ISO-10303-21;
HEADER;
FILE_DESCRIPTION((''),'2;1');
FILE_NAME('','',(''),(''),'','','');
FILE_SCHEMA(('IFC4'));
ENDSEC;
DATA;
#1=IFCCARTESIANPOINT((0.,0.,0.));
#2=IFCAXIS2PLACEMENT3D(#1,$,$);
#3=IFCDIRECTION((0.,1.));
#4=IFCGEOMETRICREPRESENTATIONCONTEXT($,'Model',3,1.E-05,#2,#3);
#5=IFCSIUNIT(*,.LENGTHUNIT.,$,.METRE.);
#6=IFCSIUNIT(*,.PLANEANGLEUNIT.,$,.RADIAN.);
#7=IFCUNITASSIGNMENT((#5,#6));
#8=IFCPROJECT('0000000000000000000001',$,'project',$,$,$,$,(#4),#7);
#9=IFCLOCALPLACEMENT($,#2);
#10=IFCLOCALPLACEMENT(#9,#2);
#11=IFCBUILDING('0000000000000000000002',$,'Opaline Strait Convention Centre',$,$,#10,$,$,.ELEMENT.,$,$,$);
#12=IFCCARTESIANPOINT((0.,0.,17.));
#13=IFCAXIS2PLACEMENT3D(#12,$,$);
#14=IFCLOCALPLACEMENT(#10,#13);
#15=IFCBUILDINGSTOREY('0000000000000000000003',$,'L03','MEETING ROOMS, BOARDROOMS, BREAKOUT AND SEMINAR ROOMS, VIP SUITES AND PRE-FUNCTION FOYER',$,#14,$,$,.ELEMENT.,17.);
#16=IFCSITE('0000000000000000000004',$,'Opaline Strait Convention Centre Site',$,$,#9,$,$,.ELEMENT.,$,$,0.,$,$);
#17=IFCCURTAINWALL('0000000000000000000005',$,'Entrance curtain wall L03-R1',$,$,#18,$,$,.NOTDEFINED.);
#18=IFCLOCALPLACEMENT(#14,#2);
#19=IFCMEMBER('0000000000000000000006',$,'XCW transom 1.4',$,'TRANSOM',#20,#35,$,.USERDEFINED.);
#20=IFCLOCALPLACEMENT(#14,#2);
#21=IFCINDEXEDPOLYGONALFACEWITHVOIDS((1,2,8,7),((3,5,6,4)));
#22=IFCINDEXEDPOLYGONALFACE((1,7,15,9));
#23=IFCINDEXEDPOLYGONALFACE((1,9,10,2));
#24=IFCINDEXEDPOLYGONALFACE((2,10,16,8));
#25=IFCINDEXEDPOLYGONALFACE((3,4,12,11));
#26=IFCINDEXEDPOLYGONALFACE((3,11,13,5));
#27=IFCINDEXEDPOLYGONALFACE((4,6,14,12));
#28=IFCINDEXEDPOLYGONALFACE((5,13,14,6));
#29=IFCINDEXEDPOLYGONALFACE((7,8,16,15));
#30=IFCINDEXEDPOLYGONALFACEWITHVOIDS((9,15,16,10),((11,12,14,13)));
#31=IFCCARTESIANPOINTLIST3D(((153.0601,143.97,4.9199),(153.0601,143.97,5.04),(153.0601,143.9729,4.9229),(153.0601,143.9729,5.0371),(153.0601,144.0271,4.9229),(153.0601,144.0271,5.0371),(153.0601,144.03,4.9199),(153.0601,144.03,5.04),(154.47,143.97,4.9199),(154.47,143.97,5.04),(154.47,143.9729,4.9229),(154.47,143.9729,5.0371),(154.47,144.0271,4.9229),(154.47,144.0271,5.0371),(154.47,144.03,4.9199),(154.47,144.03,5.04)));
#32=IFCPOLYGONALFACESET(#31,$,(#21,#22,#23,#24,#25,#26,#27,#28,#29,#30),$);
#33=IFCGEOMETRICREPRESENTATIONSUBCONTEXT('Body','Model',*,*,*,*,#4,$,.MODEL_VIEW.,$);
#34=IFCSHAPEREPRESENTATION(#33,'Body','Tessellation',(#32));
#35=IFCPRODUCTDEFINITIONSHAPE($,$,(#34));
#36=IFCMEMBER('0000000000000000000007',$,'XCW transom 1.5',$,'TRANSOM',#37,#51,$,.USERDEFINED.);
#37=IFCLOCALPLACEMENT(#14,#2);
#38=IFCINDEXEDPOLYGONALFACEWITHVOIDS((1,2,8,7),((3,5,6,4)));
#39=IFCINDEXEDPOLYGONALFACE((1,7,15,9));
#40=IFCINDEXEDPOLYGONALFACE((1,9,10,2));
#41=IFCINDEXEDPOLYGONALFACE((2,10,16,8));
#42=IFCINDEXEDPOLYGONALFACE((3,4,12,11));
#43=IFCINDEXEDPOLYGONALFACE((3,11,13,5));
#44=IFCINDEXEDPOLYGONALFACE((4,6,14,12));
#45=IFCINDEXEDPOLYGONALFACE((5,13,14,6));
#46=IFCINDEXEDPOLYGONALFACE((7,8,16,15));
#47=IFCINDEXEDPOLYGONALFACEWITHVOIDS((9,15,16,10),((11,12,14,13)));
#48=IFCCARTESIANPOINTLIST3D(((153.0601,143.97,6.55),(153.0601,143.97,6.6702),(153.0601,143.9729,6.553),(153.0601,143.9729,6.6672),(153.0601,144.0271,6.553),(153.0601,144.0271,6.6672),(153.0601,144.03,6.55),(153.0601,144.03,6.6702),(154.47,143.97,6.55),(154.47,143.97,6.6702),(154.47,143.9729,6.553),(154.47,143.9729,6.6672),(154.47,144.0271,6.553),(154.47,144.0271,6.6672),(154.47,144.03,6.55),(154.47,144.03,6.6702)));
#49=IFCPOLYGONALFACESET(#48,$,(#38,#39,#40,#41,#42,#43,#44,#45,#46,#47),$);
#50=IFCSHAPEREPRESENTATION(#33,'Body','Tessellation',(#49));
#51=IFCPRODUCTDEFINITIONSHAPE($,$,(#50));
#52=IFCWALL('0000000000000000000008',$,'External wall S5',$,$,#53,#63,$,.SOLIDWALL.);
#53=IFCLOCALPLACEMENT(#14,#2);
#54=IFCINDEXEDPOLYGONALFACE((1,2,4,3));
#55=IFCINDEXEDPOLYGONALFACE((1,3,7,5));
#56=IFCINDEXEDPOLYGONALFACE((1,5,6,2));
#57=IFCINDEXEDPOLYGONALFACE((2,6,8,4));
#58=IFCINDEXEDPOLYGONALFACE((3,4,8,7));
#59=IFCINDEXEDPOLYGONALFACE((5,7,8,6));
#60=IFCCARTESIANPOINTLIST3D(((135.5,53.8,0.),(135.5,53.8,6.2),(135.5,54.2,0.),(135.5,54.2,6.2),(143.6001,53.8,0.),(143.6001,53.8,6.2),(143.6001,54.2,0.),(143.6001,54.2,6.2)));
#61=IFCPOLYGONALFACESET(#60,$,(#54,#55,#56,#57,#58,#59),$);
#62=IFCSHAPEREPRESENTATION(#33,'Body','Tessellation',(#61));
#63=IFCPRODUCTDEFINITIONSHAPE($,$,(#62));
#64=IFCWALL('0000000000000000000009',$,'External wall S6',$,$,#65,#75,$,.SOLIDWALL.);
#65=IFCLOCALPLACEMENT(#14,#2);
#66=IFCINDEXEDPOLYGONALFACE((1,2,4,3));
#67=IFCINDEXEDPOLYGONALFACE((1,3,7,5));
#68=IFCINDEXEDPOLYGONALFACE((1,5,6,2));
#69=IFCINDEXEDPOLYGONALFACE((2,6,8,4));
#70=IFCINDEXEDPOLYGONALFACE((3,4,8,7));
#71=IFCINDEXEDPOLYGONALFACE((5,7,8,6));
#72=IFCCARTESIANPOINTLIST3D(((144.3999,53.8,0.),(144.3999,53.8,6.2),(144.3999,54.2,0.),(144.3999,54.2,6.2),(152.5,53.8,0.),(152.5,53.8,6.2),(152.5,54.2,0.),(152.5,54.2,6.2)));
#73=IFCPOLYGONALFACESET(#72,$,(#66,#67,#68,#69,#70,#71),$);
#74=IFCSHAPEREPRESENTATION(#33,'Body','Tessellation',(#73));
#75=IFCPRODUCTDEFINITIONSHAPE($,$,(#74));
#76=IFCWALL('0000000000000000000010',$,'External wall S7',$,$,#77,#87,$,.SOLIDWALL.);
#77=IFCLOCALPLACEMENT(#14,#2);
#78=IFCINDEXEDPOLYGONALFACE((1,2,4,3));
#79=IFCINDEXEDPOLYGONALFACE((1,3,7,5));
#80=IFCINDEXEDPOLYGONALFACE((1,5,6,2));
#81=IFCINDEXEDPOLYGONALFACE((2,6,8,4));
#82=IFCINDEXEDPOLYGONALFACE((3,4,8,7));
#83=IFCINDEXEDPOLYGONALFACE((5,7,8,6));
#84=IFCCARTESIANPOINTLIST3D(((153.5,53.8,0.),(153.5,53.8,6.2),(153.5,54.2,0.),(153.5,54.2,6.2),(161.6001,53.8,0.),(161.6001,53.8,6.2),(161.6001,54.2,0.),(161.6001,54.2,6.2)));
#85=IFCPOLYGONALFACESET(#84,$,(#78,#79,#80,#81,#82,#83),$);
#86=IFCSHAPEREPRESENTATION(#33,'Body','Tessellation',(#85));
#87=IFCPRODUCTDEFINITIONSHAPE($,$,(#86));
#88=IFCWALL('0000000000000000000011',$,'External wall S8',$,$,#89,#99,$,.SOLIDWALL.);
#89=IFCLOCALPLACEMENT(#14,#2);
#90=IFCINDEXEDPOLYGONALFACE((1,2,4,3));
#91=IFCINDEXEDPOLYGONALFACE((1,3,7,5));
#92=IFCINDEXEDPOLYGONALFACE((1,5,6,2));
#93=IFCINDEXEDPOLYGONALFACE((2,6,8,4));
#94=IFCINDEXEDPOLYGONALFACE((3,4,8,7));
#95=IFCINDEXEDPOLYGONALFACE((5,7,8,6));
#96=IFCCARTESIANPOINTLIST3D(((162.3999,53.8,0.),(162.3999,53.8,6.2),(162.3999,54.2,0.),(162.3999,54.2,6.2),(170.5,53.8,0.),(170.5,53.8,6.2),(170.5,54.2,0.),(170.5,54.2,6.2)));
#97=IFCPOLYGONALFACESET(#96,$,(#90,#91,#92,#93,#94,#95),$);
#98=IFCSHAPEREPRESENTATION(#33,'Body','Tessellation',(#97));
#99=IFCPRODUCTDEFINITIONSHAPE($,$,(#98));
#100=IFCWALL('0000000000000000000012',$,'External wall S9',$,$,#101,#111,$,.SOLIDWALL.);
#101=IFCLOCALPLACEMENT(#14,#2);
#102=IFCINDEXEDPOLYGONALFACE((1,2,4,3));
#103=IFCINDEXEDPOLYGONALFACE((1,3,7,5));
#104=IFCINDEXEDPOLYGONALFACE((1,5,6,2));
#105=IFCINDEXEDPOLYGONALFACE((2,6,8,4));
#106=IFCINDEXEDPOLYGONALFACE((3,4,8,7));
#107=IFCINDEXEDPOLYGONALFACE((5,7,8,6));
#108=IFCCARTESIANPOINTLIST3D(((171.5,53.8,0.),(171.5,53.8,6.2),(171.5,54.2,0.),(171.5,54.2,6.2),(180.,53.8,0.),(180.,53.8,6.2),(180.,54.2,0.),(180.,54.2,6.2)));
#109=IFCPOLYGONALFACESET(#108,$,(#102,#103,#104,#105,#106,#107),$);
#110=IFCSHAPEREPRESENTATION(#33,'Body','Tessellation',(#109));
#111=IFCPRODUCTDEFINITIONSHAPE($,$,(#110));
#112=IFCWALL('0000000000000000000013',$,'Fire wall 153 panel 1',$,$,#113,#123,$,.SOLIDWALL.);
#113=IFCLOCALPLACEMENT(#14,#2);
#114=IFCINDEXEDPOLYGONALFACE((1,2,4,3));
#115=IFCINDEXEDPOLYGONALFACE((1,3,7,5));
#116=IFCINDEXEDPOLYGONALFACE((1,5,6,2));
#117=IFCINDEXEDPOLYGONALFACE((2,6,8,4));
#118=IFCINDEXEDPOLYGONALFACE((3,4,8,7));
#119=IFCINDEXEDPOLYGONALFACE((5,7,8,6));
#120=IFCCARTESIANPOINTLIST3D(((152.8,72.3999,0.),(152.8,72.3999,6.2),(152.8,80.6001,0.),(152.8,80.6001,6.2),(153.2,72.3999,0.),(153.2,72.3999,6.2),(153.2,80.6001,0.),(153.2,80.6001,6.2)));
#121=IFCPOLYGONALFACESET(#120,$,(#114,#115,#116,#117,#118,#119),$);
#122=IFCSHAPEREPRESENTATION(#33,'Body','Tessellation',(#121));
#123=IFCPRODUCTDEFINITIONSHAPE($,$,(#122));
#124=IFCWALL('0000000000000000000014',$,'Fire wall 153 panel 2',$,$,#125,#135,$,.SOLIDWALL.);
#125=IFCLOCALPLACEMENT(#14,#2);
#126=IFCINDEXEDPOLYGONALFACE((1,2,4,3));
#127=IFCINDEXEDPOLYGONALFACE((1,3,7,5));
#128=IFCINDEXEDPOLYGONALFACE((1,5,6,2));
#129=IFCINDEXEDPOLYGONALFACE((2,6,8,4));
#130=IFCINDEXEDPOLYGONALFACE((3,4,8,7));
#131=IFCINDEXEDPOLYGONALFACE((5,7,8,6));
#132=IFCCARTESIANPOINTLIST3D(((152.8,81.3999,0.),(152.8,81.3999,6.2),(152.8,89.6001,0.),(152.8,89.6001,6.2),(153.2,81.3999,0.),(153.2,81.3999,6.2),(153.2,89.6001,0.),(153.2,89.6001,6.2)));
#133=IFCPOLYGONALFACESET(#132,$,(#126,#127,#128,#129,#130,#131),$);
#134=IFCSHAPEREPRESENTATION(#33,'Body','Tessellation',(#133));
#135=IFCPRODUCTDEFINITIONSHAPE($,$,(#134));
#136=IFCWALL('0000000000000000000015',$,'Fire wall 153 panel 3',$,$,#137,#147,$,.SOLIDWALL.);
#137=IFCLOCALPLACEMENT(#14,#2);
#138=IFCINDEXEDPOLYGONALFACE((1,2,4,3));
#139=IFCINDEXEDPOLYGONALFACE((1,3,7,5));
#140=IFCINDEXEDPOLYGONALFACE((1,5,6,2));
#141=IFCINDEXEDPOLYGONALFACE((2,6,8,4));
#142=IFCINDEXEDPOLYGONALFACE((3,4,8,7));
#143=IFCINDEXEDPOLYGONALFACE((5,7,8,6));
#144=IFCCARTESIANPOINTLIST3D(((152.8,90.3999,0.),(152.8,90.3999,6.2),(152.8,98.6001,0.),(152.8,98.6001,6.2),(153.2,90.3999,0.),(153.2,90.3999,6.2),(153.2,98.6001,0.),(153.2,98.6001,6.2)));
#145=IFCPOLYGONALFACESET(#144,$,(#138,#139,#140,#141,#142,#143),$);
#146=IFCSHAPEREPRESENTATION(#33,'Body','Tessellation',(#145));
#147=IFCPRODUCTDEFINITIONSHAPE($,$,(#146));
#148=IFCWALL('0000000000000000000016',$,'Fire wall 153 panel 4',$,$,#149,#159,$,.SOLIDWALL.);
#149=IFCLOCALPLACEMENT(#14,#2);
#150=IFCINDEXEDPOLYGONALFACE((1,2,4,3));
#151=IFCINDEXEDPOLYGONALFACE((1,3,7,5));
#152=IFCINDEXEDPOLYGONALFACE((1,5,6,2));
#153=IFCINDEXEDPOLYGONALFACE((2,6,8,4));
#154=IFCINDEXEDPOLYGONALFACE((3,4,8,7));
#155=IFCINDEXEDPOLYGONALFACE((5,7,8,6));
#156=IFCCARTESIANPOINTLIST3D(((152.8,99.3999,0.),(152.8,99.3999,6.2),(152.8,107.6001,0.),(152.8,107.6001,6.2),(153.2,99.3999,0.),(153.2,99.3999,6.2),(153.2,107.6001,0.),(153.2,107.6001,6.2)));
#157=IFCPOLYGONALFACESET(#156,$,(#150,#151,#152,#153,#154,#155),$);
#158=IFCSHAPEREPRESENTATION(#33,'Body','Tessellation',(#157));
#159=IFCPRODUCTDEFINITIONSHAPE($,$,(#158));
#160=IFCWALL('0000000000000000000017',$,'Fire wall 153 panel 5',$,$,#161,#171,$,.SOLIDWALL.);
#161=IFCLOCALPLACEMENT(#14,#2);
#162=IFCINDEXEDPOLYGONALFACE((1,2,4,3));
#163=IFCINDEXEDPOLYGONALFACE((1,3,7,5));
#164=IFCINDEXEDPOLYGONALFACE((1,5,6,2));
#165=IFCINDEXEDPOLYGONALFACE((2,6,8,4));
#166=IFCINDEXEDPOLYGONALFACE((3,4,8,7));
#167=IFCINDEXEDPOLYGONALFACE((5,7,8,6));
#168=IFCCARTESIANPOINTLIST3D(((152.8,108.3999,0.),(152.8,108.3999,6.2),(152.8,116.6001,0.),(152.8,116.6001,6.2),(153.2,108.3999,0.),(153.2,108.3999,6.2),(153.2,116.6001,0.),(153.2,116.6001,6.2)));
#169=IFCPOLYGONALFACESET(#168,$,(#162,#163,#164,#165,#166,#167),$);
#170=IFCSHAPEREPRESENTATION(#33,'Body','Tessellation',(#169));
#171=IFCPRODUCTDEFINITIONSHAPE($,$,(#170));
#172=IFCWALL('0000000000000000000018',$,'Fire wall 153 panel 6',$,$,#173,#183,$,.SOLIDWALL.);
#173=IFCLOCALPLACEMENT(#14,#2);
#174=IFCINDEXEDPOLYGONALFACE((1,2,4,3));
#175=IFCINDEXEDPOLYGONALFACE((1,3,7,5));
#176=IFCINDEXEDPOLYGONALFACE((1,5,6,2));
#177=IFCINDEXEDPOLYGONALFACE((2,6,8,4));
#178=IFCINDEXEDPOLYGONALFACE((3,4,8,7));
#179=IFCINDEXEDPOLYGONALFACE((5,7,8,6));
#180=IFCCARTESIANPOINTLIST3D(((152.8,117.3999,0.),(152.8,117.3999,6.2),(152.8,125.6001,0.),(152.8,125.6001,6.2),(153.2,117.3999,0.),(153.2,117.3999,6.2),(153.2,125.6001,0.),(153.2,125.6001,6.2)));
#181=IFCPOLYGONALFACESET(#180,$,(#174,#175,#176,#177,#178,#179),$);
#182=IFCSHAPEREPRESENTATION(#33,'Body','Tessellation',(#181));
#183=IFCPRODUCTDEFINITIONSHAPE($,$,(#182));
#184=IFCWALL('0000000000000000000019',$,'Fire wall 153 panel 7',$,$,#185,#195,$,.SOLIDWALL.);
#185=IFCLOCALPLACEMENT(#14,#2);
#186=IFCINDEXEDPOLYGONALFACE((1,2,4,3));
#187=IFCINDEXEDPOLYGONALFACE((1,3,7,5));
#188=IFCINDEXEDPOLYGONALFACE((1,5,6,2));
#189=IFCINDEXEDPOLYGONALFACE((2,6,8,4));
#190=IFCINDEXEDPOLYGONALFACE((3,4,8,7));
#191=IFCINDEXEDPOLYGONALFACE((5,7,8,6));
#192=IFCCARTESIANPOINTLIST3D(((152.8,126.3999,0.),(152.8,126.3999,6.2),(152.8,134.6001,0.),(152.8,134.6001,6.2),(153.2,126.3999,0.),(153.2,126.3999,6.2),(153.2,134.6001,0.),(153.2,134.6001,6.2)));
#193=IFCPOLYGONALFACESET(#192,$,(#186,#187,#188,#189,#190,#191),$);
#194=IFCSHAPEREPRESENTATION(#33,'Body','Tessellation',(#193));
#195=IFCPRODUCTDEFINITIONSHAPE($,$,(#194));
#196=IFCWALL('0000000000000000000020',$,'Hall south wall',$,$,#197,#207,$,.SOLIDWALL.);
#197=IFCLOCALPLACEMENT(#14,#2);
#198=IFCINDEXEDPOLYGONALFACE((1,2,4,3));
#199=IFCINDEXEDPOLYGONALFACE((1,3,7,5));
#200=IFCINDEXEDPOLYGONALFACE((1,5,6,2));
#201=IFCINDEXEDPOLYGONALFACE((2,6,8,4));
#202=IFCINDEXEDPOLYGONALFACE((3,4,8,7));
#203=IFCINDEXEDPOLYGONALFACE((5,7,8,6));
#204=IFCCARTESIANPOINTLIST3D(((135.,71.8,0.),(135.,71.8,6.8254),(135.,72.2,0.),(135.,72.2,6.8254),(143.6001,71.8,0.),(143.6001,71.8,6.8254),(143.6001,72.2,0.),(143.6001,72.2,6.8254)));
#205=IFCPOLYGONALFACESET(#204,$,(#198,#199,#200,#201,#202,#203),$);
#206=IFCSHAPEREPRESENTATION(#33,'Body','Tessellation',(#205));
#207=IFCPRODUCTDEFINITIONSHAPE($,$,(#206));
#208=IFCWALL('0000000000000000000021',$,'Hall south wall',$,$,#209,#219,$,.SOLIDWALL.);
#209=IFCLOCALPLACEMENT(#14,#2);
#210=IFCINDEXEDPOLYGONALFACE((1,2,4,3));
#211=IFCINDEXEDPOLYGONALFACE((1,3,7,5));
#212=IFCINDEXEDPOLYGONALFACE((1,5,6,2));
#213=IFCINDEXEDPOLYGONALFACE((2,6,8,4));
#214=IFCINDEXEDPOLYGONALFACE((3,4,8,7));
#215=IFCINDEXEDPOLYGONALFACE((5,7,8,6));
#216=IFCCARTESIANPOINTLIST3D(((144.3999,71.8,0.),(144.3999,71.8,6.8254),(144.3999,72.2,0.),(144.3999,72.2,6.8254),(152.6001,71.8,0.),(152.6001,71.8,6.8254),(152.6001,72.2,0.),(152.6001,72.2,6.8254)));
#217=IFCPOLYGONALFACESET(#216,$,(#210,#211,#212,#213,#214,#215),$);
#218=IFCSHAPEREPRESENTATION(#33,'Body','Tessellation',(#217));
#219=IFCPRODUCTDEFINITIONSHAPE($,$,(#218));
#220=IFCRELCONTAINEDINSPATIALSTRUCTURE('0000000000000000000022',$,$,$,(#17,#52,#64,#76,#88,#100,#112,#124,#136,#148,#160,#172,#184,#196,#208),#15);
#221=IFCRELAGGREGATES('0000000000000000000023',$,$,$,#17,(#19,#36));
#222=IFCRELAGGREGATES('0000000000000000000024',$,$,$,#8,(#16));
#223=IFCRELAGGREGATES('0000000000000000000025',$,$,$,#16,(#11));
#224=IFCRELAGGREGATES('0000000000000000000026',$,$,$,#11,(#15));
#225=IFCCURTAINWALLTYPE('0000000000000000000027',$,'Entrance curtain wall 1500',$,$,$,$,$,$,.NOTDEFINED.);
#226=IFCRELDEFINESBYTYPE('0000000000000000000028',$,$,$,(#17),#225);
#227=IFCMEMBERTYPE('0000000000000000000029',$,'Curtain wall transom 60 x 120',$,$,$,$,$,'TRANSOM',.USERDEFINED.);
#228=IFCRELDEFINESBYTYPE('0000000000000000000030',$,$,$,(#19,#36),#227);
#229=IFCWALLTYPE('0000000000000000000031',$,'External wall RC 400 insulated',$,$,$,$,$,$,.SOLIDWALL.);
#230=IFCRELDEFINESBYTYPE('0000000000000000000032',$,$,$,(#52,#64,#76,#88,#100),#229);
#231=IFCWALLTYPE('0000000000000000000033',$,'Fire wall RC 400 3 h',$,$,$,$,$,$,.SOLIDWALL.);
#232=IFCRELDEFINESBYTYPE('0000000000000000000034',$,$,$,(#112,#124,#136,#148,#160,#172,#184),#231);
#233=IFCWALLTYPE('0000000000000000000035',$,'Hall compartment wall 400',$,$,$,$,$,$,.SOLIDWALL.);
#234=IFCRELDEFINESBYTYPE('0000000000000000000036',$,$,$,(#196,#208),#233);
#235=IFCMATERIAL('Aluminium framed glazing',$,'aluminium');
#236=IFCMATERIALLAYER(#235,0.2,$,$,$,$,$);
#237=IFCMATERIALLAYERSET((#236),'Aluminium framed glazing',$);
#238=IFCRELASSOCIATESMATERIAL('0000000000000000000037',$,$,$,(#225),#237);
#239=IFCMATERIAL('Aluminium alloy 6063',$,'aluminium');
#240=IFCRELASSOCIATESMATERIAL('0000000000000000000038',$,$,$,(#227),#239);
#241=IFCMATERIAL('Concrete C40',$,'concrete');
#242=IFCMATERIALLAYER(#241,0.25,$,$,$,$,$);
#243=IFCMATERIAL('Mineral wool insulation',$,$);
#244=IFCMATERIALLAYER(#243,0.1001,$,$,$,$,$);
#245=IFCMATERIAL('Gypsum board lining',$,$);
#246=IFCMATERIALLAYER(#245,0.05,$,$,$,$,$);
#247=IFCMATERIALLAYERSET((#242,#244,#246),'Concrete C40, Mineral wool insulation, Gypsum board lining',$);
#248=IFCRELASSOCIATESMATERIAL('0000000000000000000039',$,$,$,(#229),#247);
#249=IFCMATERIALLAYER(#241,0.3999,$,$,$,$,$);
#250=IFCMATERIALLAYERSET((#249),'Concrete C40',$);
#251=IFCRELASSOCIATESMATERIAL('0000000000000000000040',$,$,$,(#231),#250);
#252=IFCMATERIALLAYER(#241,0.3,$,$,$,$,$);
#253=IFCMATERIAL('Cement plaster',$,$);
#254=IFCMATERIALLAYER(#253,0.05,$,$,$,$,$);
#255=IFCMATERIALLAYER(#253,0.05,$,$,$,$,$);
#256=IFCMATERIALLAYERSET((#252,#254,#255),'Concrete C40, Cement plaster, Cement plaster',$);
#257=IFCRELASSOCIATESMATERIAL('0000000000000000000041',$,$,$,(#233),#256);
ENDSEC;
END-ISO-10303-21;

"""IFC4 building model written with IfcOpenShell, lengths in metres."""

from ifc_helpers import new_model, si_unit, direction, frame, frame_2d, origin, origin_2d, place, context, subcontext, project, spatial, rectangle, hollow_rectangle, extrude, material, layer, layer_set, material_profile, profile_set, type_object, element, aggregate, save


model = new_model("IFC4")

# Units and contexts
model_context = context("Model", 3, precision=1e-05, world=origin(), true_north=direction((0.0, 1.0)))
body_context = subcontext(model_context, "Body", "Model", "MODEL_VIEW")
ifc_project = project(units=[si_unit("LENGTHUNIT", "METRE"), si_unit("PLANEANGLEUNIT", "RADIAN")], contexts=[model_context])

# Site, building, storey
site_placement = place(None, origin())
site = spatial("IfcSite", under=ifc_project, at=site_placement, Name="Opaline Strait Convention Centre Site", CompositionType="ELEMENT", RefElevation=0.0)
building_placement = place(site_placement, origin())
building = spatial("IfcBuilding", under=site, at=building_placement, Name="Opaline Strait Convention Centre", CompositionType="ELEMENT")
storey_placement = place(building_placement, frame((0.0, 0.0, 17.0)))
storey = spatial("IfcBuildingStorey", under=building, at=storey_placement, Name="L03", Description="MEETING ROOMS, BOARDROOMS, BREAKOUT AND SEMINAR ROOMS, VIP SUITES AND PRE-FUNCTION FOYER", CompositionType="ELEMENT", Elevation=17.0)

# Shared definitions
ifc_material_1 = material(Name="Concrete C40", Category="concrete")

# Curtain wall, members
ifc_material_2 = material(Name="Aluminium framed glazing", Category="aluminium")
ifc_layer_1 = layer(ifc_material_2, 0.2)
ifc_layer_set_1 = layer_set([ifc_layer_1], Name="Aluminium framed glazing")
curtain_wall_type = type_object("IfcCurtainWallType", Name="Entrance curtain wall 1500", PredefinedType="NOTDEFINED", material=ifc_layer_set_1)
curtain_wall_placement = place(storey_placement, origin())
curtain_wall = element("IfcCurtainWall", 1, at=curtain_wall_placement, inside=storey, type_object=curtain_wall_type, Name="Entrance curtain wall L03-R1", PredefinedType="NOTDEFINED")
ifc_material_3 = material(Name="Aluminium alloy 6063", Category="aluminium")
ifc_material_profile_1 = material_profile(ifc_material_3, hollow_rectangle(XDim=0.0601, YDim=0.1201, WallThickness=0.0029, at=origin_2d()), Name="TRANSOM 60x120x3")
ifc_profile_set_1 = profile_set([ifc_material_profile_1], Name="Aluminium alloy 6063")
member_type_1 = type_object("IfcMemberType", Name="Curtain wall transom 60 x 120", ElementType="TRANSOM", PredefinedType="USERDEFINED", material=ifc_profile_set_1)
member_1_placement = place(storey_placement, frame((153.0601, 144.0, 4.98), z_axis=(1.0, 0.0, 0.0), x_axis=(0.0, 1.0, 0.0)))
member_1 = element("IfcMember", 2, at=member_1_placement, type_object=member_type_1, Name="XCW transom 1.4", ObjectType="TRANSOM", PredefinedType="USERDEFINED", context=body_context, shape_type="SweptSolid", body=[
    extrude(hollow_rectangle(XDim=0.0601, YDim=0.1201, WallThickness=0.0029, at=origin_2d()), origin(), (0.0, 0.0, 1.0), 1.4099),
])
member_2_placement = place(storey_placement, frame((153.0601, 144.0, 6.6101), z_axis=(1.0, 0.0, 0.0), x_axis=(0.0, 1.0, 0.0)))
member_2 = element("IfcMember", 3, at=member_2_placement, type_object=member_type_1, Name="XCW transom 1.5", ObjectType="TRANSOM", PredefinedType="USERDEFINED", context=body_context, shape_type="SweptSolid", body=[
    extrude(hollow_rectangle(XDim=0.0601, YDim=0.1201, WallThickness=0.0029, at=origin_2d()), origin(), (0.0, 0.0, 1.0), 1.4099),
])
aggregate(curtain_wall, [member_1, member_2])

# Walls
ifc_layer_2 = layer(ifc_material_1, 0.25)
ifc_material_4 = material(Name="Mineral wool insulation")
ifc_layer_3 = layer(ifc_material_4, 0.1001)
ifc_material_5 = material(Name="Gypsum board lining")
ifc_layer_4 = layer(ifc_material_5, 0.05)
ifc_layer_set_2 = layer_set([ifc_layer_2, ifc_layer_3, ifc_layer_4], Name="Concrete C40, Mineral wool insulation, Gypsum board lining")
wall_type_1 = type_object("IfcWallType", Name="External wall RC 400 insulated", PredefinedType="SOLIDWALL", material=ifc_layer_set_2)
for number, where, z_axis, x_axis, name in (
    (4, (135.5, 54.0, 0.0), (0.0, 0.0, 1.0), (1.0, 0.0, 0.0), "External wall S5"),
    (5, (144.3999, 54.0, 0.0), (0.0, 0.0, 1.0), (1.0, 0.0, 0.0), "External wall S6"),
    (6, (153.5, 54.0, 0.0), (0.0, 0.0, 1.0), (1.0, 0.0, 0.0), "External wall S7"),
    (7, (162.3999, 54.0, 0.0), (0.0, 0.0, 1.0), (1.0, 0.0, 0.0), "External wall S8"),
):
    element("IfcWall", number, at=place(storey_placement, frame(where, z_axis=z_axis, x_axis=x_axis)), inside=storey, type_object=wall_type_1, Name=name, PredefinedType="SOLIDWALL", context=body_context, shape_type="SweptSolid", body=[
        extrude(rectangle(XDim=8.1001, YDim=0.3999, at=frame_2d((4.05, 0.0))), origin(), (0.0, 0.0, 1.0), 6.2),
    ])
wall_1_placement = place(storey_placement, frame((171.5, 54.0, 0.0), z_axis=(0.0, 0.0, 1.0), x_axis=(1.0, 0.0, 0.0)))
element("IfcWall", 8, at=wall_1_placement, inside=storey, type_object=wall_type_1, Name="External wall S9", PredefinedType="SOLIDWALL", context=body_context, shape_type="SweptSolid", body=[
    extrude(rectangle(XDim=8.5, YDim=0.3999, at=frame_2d((4.25, 0.0))), origin(), (0.0, 0.0, 1.0), 6.2),
])
ifc_layer_5 = layer(ifc_material_1, 0.3999)
ifc_layer_set_3 = layer_set([ifc_layer_5], Name="Concrete C40")
wall_type_2 = type_object("IfcWallType", Name="Fire wall RC 400 3 h", PredefinedType="SOLIDWALL", material=ifc_layer_set_3)
for number, where, z_axis, x_axis, name in (
    (9, (153.0, 72.3999, 0.0), (0.0, 0.0, 1.0), (0.0, 1.0, 0.0), "Fire wall 153 panel 1"),
    (10, (153.0, 81.3999, 0.0), (0.0, 0.0, 1.0), (0.0, 1.0, 0.0), "Fire wall 153 panel 2"),
    (11, (153.0, 90.3999, 0.0), (0.0, 0.0, 1.0), (0.0, 1.0, 0.0), "Fire wall 153 panel 3"),
    (12, (153.0, 99.3999, 0.0), (0.0, 0.0, 1.0), (0.0, 1.0, 0.0), "Fire wall 153 panel 4"),
    (13, (153.0, 108.3999, 0.0), (0.0, 0.0, 1.0), (0.0, 1.0, 0.0), "Fire wall 153 panel 5"),
    (14, (153.0, 117.3999, 0.0), (0.0, 0.0, 1.0), (0.0, 1.0, 0.0), "Fire wall 153 panel 6"),
    (15, (153.0, 126.3999, 0.0), (0.0, 0.0, 1.0), (0.0, 1.0, 0.0), "Fire wall 153 panel 7"),
):
    element("IfcWall", number, at=place(storey_placement, frame(where, z_axis=z_axis, x_axis=x_axis)), inside=storey, type_object=wall_type_2, Name=name, PredefinedType="SOLIDWALL", context=body_context, shape_type="SweptSolid", body=[
        extrude(rectangle(XDim=8.2002, YDim=0.3999, at=frame_2d((4.1001, 0.0))), origin(), (0.0, 0.0, 1.0), 6.2),
    ])
ifc_layer_6 = layer(ifc_material_1, 0.3)
ifc_material_6 = material(Name="Cement plaster")
ifc_layer_7 = layer(ifc_material_6, 0.05)
ifc_layer_8 = layer(ifc_material_6, 0.05)
ifc_layer_set_4 = layer_set([ifc_layer_6, ifc_layer_7, ifc_layer_8], Name="Concrete C40, Cement plaster, Cement plaster")
wall_type_3 = type_object("IfcWallType", Name="Hall compartment wall 400", PredefinedType="SOLIDWALL", material=ifc_layer_set_4)
wall_2_placement = place(storey_placement, frame((135.0, 72.0, 0.0), z_axis=(0.0, 0.0, 1.0), x_axis=(1.0, 0.0, 0.0)))
element("IfcWall", 16, at=wall_2_placement, inside=storey, type_object=wall_type_3, Name="Hall south wall", PredefinedType="SOLIDWALL", context=body_context, shape_type="SweptSolid", body=[
    extrude(rectangle(XDim=8.6001, YDim=0.3999, at=frame_2d((4.3, 0.0))), origin(), (0.0, 0.0, 1.0), 6.8254),
])
for number, where, z_axis, x_axis, name in (
    (17, (144.3999, 72.0, 0.0), (0.0, 0.0, 1.0), (1.0, 0.0, 0.0), "Hall south wall"),
):
    element("IfcWall", number, at=place(storey_placement, frame(where, z_axis=z_axis, x_axis=x_axis)), inside=storey, type_object=wall_type_3, Name=name, PredefinedType="SOLIDWALL", context=body_context, shape_type="SweptSolid", body=[
        extrude(rectangle(XDim=8.2002, YDim=0.3999, at=frame_2d((4.1001, 0.0))), origin(), (0.0, 0.0, 1.0), 6.8254),
    ])

save(model, "model.ifc")
